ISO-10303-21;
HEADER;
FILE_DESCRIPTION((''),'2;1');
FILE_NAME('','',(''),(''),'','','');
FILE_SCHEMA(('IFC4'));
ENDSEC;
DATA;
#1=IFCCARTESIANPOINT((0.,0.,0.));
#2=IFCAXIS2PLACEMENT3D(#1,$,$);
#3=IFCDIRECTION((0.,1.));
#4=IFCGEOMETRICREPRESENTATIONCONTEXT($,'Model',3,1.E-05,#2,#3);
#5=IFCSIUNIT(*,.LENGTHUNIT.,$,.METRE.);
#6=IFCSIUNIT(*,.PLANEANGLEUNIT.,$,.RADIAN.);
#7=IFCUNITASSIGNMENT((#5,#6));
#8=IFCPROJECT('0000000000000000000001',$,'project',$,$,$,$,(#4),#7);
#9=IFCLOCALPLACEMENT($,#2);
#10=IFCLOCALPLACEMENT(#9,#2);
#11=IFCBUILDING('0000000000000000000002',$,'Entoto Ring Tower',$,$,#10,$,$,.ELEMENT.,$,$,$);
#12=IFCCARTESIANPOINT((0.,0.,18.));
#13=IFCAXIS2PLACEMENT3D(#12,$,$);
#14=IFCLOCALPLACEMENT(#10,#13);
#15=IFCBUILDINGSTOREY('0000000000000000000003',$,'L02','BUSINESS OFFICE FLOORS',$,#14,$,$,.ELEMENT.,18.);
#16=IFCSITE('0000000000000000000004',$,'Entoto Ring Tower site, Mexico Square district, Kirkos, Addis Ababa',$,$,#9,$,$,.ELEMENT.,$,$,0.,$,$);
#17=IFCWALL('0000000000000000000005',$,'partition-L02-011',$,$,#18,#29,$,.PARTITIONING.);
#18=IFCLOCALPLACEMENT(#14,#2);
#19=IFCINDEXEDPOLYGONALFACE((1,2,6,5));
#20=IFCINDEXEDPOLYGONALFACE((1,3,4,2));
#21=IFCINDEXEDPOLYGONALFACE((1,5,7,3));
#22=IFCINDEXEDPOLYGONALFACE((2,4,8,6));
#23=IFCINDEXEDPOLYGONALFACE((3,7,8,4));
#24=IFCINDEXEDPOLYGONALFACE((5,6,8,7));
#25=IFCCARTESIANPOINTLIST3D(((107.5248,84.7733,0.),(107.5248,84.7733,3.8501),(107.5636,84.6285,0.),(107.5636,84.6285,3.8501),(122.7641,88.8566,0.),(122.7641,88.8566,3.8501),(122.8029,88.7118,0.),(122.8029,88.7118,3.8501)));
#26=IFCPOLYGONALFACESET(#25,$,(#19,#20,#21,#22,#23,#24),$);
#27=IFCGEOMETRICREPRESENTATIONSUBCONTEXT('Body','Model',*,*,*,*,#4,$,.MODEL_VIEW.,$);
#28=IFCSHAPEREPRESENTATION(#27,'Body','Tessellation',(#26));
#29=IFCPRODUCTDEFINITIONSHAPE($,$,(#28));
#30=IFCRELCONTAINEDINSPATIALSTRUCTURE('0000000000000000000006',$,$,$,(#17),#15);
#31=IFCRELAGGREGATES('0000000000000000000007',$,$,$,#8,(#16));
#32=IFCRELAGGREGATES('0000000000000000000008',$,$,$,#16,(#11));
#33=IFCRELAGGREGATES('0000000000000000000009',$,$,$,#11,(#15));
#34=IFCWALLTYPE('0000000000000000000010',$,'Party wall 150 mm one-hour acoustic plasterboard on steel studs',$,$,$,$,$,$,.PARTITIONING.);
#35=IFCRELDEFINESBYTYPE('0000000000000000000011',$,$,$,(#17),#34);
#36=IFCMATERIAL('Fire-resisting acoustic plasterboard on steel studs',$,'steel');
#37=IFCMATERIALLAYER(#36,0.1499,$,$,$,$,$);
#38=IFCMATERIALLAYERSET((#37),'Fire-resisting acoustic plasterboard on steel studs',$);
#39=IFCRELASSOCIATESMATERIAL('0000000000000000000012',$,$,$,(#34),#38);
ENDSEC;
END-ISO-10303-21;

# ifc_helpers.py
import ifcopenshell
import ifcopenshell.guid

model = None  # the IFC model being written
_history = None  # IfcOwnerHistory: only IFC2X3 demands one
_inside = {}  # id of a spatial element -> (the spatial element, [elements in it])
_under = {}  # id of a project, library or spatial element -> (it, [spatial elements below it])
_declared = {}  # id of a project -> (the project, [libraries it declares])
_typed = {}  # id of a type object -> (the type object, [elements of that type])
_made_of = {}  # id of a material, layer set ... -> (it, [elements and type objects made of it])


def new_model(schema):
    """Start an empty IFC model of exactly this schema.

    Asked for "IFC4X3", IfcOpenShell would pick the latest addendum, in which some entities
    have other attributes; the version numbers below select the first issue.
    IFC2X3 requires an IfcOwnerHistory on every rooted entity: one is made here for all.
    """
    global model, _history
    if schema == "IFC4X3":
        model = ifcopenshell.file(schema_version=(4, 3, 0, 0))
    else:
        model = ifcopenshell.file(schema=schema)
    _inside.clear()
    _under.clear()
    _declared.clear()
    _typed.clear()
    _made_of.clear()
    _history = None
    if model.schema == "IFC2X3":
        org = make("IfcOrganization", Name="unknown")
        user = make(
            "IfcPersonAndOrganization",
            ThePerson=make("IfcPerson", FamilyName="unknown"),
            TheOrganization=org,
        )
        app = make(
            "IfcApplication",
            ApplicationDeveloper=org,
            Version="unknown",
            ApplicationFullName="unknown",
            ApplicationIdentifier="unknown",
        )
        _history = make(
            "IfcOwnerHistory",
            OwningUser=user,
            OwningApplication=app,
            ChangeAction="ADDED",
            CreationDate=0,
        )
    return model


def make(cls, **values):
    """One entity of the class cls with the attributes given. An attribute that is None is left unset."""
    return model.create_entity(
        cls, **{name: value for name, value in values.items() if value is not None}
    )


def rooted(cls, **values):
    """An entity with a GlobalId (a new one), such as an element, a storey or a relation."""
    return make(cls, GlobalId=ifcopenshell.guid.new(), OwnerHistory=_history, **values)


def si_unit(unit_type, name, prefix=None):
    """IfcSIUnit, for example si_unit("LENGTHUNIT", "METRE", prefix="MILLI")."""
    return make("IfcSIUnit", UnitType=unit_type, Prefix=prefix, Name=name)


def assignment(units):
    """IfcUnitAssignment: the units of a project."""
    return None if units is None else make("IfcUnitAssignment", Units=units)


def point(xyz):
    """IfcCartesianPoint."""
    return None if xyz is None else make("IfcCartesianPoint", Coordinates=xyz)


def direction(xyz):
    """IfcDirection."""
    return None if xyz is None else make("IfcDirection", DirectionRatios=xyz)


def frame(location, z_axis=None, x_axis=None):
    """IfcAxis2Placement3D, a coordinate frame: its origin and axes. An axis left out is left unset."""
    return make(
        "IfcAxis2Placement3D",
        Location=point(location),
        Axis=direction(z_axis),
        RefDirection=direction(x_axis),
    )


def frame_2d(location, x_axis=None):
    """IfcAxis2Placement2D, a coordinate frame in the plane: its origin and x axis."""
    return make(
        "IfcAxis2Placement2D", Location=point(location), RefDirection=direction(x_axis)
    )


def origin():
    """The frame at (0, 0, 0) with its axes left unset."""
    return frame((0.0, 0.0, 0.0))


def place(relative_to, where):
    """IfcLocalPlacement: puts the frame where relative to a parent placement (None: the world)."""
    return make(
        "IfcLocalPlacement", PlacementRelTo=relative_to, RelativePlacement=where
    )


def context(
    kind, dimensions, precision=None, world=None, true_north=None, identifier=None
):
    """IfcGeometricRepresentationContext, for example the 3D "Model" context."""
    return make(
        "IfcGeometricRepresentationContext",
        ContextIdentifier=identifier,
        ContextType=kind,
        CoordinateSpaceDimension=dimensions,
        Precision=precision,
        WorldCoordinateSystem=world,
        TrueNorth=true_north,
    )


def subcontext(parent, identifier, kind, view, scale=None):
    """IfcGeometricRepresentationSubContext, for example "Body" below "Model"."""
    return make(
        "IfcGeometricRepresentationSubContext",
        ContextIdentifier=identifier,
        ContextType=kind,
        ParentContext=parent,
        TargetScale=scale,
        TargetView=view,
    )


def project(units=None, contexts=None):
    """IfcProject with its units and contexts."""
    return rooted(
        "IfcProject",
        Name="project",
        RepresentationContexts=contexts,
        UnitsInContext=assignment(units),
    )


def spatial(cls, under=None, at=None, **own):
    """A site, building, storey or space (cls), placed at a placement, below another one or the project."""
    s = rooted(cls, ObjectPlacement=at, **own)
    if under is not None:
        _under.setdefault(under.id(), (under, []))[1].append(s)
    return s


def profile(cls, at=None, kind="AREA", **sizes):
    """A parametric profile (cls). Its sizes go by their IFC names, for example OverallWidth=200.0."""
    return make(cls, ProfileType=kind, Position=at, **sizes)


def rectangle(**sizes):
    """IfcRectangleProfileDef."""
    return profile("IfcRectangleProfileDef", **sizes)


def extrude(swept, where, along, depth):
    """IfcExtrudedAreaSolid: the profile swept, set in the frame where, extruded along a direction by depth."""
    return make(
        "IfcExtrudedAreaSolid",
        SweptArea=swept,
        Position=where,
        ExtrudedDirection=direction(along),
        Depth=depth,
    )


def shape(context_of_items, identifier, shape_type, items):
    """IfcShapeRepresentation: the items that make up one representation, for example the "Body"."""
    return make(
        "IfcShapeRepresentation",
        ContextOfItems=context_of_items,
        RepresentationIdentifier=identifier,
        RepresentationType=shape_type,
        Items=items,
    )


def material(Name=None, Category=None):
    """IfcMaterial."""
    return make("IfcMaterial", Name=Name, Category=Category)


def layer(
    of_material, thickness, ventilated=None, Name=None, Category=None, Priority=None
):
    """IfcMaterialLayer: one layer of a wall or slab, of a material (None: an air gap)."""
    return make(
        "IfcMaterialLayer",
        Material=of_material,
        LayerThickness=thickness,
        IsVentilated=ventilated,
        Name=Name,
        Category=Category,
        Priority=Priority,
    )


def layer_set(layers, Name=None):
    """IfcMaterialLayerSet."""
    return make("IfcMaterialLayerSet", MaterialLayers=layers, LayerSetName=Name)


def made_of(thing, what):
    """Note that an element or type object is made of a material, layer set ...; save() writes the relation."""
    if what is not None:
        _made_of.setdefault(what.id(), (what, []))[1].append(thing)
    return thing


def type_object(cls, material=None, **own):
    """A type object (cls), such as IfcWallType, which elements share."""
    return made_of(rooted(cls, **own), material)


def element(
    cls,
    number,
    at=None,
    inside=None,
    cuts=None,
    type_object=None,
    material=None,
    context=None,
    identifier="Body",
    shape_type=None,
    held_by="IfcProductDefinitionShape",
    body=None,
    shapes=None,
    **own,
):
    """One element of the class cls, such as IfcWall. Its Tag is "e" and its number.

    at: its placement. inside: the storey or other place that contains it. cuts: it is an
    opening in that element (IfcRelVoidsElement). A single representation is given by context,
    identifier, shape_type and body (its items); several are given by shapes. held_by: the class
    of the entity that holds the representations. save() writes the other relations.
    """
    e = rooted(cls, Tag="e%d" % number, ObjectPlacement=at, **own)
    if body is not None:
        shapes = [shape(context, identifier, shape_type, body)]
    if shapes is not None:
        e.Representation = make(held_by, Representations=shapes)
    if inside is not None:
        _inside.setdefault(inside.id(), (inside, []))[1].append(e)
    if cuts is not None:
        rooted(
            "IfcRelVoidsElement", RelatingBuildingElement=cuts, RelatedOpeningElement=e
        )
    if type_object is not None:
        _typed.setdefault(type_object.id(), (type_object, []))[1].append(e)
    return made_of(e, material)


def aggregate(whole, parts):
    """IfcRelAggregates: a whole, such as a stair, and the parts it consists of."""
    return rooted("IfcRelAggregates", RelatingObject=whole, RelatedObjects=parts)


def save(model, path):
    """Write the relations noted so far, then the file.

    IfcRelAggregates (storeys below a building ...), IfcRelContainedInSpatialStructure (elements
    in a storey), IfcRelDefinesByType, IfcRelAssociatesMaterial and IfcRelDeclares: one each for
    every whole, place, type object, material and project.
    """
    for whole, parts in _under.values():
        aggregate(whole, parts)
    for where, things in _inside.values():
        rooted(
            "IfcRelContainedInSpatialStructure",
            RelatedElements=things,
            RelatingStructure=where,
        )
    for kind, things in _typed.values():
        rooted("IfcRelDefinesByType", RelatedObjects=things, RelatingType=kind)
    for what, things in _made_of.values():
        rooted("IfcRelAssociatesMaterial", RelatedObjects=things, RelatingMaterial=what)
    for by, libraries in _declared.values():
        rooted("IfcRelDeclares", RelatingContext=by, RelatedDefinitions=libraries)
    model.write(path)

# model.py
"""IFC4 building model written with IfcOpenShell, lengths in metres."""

from ifc_helpers import new_model, si_unit, direction, frame, frame_2d, origin, place, context, subcontext, project, spatial, rectangle, extrude, material, layer, layer_set, type_object, element, save


model = new_model("IFC4")

# Units and contexts
model_context = context("Model", 3, precision=1e-05, world=origin(), true_north=direction((0.0, 1.0)))
body_context = subcontext(model_context, "Body", "Model", "MODEL_VIEW")
ifc_project = project(units=[si_unit("LENGTHUNIT", "METRE"), si_unit("PLANEANGLEUNIT", "RADIAN")], contexts=[model_context])

# Site, building, storey
site_placement = place(None, origin())
site = spatial("IfcSite", under=ifc_project, at=site_placement, Name="Entoto Ring Tower site, Mexico Square district, Kirkos, Addis Ababa", CompositionType="ELEMENT", RefElevation=0.0)
building_placement = place(site_placement, origin())
building = spatial("IfcBuilding", under=site, at=building_placement, Name="Entoto Ring Tower", CompositionType="ELEMENT")
storey_placement = place(building_placement, frame((0.0, 0.0, 18.0)))
storey = spatial("IfcBuildingStorey", under=building, at=storey_placement, Name="L02", Description="BUSINESS OFFICE FLOORS", CompositionType="ELEMENT", Elevation=18.0)

# Wall
ifc_material_1 = material(Name="Fire-resisting acoustic plasterboard on steel studs", Category="steel")
ifc_layer_1 = layer(ifc_material_1, 0.1499)
ifc_layer_set_1 = layer_set([ifc_layer_1], Name="Fire-resisting acoustic plasterboard on steel studs")
wall_type_1 = type_object("IfcWallType", Name="Party wall 150 mm one-hour acoustic plasterboard on steel studs", PredefinedType="PARTITIONING", material=ifc_layer_set_1)
wall_1_placement = place(storey_placement, frame((107.5442, 84.7009, 0.0), z_axis=(0.0, 0.0, 1.0), x_axis=(0.965927, 0.258813, 0.0)))
element("IfcWall", 1, at=wall_1_placement, inside=storey, type_object=wall_type_1, Name="partition-L02-011", PredefinedType="PARTITIONING", context=body_context, shape_type="SweptSolid", body=[
    extrude(rectangle(XDim=15.7769, YDim=0.1499, at=frame_2d((7.8884, 0.0))), origin(), (0.0, 0.0, 1.0), 3.8501),
])

save(model, "model.ifc")
